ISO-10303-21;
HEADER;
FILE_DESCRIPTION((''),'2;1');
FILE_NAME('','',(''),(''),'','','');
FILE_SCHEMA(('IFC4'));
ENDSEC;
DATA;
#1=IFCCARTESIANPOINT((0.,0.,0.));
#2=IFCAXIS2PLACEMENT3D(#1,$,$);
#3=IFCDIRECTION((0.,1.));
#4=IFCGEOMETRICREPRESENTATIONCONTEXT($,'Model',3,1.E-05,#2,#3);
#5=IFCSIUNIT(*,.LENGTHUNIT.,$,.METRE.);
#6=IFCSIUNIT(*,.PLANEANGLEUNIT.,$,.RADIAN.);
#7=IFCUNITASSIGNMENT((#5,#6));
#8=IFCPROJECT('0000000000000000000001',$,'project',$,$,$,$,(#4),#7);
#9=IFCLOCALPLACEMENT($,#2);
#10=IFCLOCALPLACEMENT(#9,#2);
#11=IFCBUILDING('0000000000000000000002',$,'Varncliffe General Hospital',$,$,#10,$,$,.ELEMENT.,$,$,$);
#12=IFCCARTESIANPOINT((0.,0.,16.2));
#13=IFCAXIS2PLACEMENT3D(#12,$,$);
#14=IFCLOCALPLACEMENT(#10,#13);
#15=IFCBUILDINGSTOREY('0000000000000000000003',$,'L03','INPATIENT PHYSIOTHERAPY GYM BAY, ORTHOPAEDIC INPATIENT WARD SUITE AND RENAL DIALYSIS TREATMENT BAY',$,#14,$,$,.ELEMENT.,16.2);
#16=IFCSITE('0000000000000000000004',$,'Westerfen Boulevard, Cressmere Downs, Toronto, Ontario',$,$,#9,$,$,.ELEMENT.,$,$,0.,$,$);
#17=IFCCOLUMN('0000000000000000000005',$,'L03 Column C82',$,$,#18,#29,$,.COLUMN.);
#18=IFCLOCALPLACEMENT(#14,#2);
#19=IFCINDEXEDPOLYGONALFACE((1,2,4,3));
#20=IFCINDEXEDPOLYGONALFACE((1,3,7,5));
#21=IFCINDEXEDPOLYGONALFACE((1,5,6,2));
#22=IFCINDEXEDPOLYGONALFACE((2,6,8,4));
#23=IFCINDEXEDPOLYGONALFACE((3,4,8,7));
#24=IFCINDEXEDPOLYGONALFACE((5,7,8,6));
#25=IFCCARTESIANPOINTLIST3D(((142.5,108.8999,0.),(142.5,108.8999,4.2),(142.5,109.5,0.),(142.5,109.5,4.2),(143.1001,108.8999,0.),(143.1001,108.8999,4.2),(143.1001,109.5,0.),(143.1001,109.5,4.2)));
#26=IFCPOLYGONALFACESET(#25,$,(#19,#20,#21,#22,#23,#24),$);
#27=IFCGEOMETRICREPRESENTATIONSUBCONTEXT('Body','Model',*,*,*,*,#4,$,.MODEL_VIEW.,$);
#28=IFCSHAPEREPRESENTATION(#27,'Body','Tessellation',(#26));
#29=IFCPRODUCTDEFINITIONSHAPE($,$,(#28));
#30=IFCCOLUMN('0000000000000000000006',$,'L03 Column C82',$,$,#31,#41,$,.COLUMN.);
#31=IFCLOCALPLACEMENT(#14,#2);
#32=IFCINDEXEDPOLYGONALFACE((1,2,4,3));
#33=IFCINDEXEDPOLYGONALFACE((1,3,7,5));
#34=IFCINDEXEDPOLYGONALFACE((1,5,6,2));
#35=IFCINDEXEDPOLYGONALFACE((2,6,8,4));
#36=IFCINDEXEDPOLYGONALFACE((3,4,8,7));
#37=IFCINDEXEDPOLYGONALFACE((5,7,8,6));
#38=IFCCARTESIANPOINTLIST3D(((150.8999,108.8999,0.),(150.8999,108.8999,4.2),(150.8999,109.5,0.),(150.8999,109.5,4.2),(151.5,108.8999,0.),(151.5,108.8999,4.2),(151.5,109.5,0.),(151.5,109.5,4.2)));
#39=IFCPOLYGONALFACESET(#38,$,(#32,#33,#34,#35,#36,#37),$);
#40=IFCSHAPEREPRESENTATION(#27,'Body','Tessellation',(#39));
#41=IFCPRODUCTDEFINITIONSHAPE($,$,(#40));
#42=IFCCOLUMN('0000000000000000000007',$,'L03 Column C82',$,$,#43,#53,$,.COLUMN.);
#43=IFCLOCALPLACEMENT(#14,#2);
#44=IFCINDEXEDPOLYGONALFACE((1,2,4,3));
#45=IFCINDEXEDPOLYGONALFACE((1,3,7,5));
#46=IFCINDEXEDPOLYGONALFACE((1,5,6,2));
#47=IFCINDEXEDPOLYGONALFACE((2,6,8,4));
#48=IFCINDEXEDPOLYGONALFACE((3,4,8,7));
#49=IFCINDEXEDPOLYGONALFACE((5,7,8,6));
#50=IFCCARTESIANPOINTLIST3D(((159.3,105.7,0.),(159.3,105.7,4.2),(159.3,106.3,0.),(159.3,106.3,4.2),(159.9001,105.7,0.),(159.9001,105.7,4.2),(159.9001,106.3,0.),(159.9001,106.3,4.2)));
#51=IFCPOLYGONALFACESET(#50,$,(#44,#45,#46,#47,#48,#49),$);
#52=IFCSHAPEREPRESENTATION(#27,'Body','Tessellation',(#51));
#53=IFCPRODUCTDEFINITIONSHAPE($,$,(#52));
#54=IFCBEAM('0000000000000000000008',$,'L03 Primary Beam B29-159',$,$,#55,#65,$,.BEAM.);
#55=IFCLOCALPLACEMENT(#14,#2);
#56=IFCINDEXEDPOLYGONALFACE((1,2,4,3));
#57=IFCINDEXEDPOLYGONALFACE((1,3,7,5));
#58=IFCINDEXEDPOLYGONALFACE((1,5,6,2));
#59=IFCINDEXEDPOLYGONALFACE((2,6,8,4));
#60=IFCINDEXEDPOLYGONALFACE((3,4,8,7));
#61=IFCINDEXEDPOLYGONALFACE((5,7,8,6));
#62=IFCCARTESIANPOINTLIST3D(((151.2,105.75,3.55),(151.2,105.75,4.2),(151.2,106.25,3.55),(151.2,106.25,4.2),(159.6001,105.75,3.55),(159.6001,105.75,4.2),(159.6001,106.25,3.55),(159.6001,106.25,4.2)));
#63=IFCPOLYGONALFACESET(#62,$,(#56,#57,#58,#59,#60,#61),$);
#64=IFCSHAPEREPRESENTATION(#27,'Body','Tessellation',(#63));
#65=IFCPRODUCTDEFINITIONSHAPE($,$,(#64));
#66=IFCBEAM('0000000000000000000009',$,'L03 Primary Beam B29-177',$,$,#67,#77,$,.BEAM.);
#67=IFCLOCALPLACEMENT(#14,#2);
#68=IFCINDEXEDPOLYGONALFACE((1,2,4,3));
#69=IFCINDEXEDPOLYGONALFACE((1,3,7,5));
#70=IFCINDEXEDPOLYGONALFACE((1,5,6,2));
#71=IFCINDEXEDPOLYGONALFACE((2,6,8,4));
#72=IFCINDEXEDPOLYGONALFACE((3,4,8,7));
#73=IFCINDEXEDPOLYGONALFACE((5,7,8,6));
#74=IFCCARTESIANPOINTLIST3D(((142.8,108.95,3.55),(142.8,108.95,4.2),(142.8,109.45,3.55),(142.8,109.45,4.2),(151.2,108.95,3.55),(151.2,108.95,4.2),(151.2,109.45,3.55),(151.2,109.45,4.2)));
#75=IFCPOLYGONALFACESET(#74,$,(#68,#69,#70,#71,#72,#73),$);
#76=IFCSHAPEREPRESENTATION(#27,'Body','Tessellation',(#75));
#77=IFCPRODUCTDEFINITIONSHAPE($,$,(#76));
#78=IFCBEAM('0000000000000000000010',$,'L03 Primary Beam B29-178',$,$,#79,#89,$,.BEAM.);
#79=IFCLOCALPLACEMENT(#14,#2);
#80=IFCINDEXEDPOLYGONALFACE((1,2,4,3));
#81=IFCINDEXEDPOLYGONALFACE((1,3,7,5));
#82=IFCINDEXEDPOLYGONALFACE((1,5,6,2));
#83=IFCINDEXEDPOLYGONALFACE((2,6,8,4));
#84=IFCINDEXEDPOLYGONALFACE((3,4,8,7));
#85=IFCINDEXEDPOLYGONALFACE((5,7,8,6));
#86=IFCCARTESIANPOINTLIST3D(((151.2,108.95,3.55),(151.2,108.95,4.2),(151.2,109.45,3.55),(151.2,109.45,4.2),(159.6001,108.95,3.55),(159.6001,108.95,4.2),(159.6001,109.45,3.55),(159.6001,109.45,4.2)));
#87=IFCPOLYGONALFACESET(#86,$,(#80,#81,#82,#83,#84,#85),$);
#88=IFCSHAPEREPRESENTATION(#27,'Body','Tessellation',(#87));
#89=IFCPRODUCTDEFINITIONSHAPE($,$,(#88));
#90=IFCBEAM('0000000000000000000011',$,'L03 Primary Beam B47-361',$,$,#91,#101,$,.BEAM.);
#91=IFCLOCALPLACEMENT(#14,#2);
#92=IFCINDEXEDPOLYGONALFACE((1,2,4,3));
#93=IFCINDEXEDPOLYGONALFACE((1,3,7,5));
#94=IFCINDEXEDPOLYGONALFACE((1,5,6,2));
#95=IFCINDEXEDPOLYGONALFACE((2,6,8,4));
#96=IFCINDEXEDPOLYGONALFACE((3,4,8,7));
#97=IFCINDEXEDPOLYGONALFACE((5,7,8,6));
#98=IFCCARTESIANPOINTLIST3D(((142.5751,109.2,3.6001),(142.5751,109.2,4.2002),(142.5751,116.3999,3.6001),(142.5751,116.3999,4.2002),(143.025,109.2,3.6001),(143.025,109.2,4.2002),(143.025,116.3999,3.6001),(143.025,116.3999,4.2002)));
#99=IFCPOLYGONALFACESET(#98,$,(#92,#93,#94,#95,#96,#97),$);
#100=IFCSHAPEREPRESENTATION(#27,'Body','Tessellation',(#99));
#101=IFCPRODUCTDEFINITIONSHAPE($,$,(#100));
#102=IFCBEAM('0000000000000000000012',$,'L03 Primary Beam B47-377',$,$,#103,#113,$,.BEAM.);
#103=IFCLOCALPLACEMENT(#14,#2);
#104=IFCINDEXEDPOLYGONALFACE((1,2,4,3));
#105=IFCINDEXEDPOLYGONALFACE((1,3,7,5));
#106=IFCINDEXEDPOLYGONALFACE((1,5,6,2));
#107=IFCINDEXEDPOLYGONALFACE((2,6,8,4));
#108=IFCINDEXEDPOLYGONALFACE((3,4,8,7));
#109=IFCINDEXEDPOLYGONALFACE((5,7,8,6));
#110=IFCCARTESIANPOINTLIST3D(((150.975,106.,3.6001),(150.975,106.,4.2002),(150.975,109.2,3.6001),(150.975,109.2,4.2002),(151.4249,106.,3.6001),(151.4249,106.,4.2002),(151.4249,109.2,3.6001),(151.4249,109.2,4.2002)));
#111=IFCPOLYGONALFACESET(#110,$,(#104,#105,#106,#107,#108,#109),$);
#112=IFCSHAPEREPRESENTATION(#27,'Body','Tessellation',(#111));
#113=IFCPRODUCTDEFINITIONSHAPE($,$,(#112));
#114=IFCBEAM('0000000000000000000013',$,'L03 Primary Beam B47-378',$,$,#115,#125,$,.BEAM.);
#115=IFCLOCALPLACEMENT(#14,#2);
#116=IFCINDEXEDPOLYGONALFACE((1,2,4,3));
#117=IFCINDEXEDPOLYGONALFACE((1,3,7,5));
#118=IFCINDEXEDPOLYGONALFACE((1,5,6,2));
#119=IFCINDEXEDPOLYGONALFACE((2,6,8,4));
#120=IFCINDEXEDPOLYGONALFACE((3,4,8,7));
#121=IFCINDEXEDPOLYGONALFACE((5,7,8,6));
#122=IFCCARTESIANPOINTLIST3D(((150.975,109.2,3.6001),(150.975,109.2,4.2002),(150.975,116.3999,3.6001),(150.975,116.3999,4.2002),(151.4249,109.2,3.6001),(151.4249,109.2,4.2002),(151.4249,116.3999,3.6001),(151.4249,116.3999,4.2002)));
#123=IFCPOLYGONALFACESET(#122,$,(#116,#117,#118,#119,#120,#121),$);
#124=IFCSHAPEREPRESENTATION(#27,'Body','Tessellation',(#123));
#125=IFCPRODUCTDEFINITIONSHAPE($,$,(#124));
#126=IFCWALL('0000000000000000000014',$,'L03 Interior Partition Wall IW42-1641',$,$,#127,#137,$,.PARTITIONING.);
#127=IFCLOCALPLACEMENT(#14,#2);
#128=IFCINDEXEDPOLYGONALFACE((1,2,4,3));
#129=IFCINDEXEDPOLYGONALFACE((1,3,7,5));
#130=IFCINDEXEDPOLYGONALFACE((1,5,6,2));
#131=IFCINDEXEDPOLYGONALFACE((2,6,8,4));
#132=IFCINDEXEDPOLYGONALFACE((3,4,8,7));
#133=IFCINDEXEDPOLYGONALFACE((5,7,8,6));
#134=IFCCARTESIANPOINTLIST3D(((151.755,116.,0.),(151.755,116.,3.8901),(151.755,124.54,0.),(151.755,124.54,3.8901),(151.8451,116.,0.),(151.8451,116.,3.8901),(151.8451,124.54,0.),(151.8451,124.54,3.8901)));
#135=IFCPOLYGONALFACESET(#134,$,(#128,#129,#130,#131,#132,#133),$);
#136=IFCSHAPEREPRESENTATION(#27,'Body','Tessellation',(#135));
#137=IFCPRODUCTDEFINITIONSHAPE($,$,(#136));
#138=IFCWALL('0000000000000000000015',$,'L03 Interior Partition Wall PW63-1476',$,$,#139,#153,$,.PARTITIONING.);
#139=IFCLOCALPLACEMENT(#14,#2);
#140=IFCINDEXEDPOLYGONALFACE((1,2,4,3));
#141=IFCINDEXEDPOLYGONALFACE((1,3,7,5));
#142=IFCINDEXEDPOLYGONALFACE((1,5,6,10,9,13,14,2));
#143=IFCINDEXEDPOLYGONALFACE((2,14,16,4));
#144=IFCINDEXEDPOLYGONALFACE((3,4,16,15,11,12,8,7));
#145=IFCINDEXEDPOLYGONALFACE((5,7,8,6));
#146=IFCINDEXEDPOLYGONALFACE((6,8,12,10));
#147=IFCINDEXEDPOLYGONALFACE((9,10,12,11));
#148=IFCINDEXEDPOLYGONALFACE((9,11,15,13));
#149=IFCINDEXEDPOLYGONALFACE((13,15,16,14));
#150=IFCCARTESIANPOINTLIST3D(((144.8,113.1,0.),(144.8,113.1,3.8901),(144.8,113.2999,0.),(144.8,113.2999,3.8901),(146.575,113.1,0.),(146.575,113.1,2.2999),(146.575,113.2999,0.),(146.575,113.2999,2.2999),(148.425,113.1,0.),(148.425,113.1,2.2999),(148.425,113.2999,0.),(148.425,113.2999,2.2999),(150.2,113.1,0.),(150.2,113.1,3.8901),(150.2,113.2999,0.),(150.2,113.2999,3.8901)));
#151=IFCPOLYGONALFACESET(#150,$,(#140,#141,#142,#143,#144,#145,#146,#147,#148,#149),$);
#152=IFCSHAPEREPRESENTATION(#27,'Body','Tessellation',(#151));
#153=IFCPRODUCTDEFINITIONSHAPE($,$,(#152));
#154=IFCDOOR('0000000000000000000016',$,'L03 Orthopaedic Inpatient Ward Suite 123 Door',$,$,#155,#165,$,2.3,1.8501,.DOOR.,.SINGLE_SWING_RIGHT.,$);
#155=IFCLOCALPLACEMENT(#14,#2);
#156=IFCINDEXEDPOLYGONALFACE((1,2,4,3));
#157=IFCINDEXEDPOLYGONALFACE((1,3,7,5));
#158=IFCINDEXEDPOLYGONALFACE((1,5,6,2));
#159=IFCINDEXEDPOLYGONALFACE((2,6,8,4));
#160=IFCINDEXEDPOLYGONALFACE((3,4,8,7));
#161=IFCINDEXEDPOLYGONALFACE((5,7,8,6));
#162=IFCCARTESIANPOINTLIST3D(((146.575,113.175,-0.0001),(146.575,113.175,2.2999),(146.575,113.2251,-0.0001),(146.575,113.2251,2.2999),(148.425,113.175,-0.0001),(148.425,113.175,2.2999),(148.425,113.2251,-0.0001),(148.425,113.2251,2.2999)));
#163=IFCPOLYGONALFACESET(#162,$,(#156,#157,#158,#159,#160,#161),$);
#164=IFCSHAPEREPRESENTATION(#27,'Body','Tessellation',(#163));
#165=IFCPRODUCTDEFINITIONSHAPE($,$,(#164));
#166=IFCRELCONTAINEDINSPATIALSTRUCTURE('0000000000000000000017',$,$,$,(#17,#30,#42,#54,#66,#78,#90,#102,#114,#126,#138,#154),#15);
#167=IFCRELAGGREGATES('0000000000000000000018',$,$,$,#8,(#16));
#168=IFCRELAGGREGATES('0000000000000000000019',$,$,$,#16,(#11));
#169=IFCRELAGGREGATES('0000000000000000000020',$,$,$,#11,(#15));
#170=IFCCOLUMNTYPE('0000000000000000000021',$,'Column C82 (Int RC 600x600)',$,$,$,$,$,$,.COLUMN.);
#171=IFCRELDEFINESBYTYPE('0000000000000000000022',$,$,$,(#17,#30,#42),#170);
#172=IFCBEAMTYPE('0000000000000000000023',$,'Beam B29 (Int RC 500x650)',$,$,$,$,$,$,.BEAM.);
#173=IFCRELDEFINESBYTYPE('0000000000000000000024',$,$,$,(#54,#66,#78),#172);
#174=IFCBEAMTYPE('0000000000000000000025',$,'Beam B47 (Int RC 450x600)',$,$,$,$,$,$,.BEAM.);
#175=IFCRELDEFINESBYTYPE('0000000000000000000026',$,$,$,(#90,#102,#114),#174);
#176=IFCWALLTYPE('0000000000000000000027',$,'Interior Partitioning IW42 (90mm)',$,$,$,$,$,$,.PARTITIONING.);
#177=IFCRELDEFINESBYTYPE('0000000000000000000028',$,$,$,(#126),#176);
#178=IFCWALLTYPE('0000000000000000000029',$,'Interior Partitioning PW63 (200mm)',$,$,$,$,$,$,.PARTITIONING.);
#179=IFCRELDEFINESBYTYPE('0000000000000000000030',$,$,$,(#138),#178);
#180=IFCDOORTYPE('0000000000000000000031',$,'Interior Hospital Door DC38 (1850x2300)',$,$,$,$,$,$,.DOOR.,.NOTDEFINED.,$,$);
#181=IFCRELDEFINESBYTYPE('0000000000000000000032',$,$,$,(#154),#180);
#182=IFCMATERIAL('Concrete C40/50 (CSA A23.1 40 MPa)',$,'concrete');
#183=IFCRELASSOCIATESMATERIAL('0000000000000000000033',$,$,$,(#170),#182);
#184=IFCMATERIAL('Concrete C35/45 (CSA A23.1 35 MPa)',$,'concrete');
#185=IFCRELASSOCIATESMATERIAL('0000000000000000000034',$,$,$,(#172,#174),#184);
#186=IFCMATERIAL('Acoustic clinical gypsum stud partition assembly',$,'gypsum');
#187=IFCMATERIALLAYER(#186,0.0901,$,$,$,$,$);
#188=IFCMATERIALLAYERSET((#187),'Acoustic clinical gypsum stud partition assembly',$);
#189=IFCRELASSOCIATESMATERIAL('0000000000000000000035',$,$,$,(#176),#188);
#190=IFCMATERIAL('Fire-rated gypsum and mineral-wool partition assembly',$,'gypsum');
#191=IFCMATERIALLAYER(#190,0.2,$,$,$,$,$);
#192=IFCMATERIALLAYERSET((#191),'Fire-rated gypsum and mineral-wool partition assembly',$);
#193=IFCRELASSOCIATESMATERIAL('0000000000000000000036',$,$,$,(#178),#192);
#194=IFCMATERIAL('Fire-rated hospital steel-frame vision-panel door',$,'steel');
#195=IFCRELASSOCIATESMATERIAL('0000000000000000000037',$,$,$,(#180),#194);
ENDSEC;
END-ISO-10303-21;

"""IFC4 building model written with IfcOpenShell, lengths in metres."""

from ifc_helpers import new_model, si_unit, direction, frame, frame_2d, origin, origin_2d, place, context, subcontext, project, spatial, rectangle, extrude, material, layer, layer_set, material_profile, profile_set, type_object, element, fill, save


model = new_model("IFC4")

# Units and contexts
model_context = context("Model", 3, precision=1e-05, world=origin(), true_north=direction((0.0, 1.0)))
body_context = subcontext(model_context, "Body", "Model", "MODEL_VIEW")
ifc_project = project(units=[si_unit("LENGTHUNIT", "METRE"), si_unit("PLANEANGLEUNIT", "RADIAN")], contexts=[model_context])

# Site, building, storey
site_placement = place(None, origin())
site = spatial("IfcSite", under=ifc_project, at=site_placement, Name="Westerfen Boulevard, Cressmere Downs, Toronto, Ontario", CompositionType="ELEMENT", RefElevation=0.0)
building_placement = place(site_placement, origin())
building = spatial("IfcBuilding", under=site, at=building_placement, Name="Varncliffe General Hospital", CompositionType="ELEMENT")
storey_placement = place(building_placement, frame((0.0, 0.0, 16.2)))
storey = spatial("IfcBuildingStorey", under=building, at=storey_placement, Name="L03", Description="INPATIENT PHYSIOTHERAPY GYM BAY, ORTHOPAEDIC INPATIENT WARD SUITE AND RENAL DIALYSIS TREATMENT BAY", CompositionType="ELEMENT", Elevation=16.2)

# Columns
ifc_material_1 = material(Name="Concrete C40/50 (CSA A23.1 40 MPa)", Category="concrete")
ifc_material_profile_1 = material_profile(ifc_material_1, rectangle(XDim=0.6001, YDim=0.6001, at=origin_2d()), Name="RC 600x600")
ifc_profile_set_1 = profile_set([ifc_material_profile_1], Name="Concrete C40/50 (CSA A23.1 40 MPa)")
column_type = type_object("IfcColumnType", Name="Column C82 (Int RC 600x600)", PredefinedType="COLUMN", material=ifc_profile_set_1)
for number, where, z_axis, x_axis, name in (
    (1, (142.8, 109.2, 0.0), (0.0, 0.0, 1.0), (1.0, 0.0, 0.0), "L03 Column C82"),
    (2, (151.2, 109.2, 0.0), (0.0, 0.0, 1.0), (1.0, 0.0, 0.0), "L03 Column C82"),
    (3, (159.6001, 106.0, 0.0), (0.0, 0.0, 1.0), (1.0, 0.0, 0.0), "L03 Column C82"),
):
    element("IfcColumn", number, at=place(storey_placement, frame(where, z_axis=z_axis, x_axis=x_axis)), inside=storey, type_object=column_type, Name=name, PredefinedType="COLUMN", context=body_context, shape_type="SweptSolid", body=[
        extrude(rectangle(XDim=0.6001, YDim=0.6001, at=origin_2d()), origin(), (0.0, 0.0, 1.0), 4.2),
    ])

# Beams
ifc_material_2 = material(Name="Concrete C35/45 (CSA A23.1 35 MPa)", Category="concrete")
ifc_material_profile_2 = material_profile(ifc_material_2, rectangle(XDim=0.5, YDim=0.6499, at=origin_2d()), Name="RC 500x650")
ifc_profile_set_2 = profile_set([ifc_material_profile_2], Name="Concrete C35/45 (CSA A23.1 35 MPa)")
beam_type_1 = type_object("IfcBeamType", Name="Beam B29 (Int RC 500x650)", PredefinedType="BEAM", material=ifc_profile_set_2)
beam_1_placement = place(storey_placement, frame((151.2, 106.0, 3.875), z_axis=(1.0, 0.0, 0.0), x_axis=(0.0, 1.0, 0.0)))
element("IfcBeam", 4, at=beam_1_placement, inside=storey, type_object=beam_type_1, Name="L03 Primary Beam B29-159", PredefinedType="BEAM", context=body_context, shape_type="SweptSolid", body=[
    extrude(rectangle(XDim=0.5, YDim=0.6499, at=origin_2d()), origin(), (0.0, 0.0, 1.0), 8.4001),
])
beam_2_placement = place(storey_placement, frame((142.8, 109.2, 3.875), z_axis=(1.0, 0.0, 0.0), x_axis=(0.0, 1.0, 0.0)))
element("IfcBeam", 5, at=beam_2_placement, inside=storey, type_object=beam_type_1, Name="L03 Primary Beam B29-177", PredefinedType="BEAM", context=body_context, shape_type="SweptSolid", body=[
    extrude(rectangle(XDim=0.5, YDim=0.6499, at=origin_2d()), origin(), (0.0, 0.0, 1.0), 8.3999),
])
beam_3_placement = place(storey_placement, frame((151.2, 109.2, 3.875), z_axis=(1.0, 0.0, 0.0), x_axis=(0.0, 1.0, 0.0)))
element("IfcBeam", 6, at=beam_3_placement, inside=storey, type_object=beam_type_1, Name="L03 Primary Beam B29-178", PredefinedType="BEAM", context=body_context, shape_type="SweptSolid", body=[
    extrude(rectangle(XDim=0.5, YDim=0.6499, at=origin_2d()), origin(), (0.0, 0.0, 1.0), 8.4001),
])
ifc_material_profile_3 = material_profile(ifc_material_2, rectangle(XDim=0.45, YDim=0.6001, at=origin_2d()), Name="RC 450x600")
ifc_profile_set_3 = profile_set([ifc_material_profile_3], Name="Concrete C35/45 (CSA A23.1 35 MPa)")
beam_type_2 = type_object("IfcBeamType", Name="Beam B47 (Int RC 450x600)", PredefinedType="BEAM", material=ifc_profile_set_3)
beam_4_placement = place(storey_placement, frame((142.8, 109.2, 3.9001), z_axis=(0.0, 1.0, 0.0), x_axis=(-1.0, 0.0, 0.0)))
element("IfcBeam", 7, at=beam_4_placement, inside=storey, type_object=beam_type_2, Name="L03 Primary Beam B47-361", PredefinedType="BEAM", context=body_context, shape_type="SweptSolid", body=[
    extrude(rectangle(XDim=0.45, YDim=0.6001, at=origin_2d()), origin(), (0.0, 0.0, 1.0), 7.2),
])
beam_5_placement = place(storey_placement, frame((151.2, 106.0, 3.9001), z_axis=(0.0, 1.0, 0.0), x_axis=(-1.0, 0.0, 0.0)))
element("IfcBeam", 8, at=beam_5_placement, inside=storey, type_object=beam_type_2, Name="L03 Primary Beam B47-377", PredefinedType="BEAM", context=body_context, shape_type="SweptSolid", body=[
    extrude(rectangle(XDim=0.45, YDim=0.6001, at=origin_2d()), origin(), (0.0, 0.0, 1.0), 3.2),
])
beam_6_placement = place(storey_placement, frame((151.2, 109.2, 3.9001), z_axis=(0.0, 1.0, 0.0), x_axis=(-1.0, 0.0, 0.0)))
element("IfcBeam", 9, at=beam_6_placement, inside=storey, type_object=beam_type_2, Name="L03 Primary Beam B47-378", PredefinedType="BEAM", context=body_context, shape_type="SweptSolid", body=[
    extrude(rectangle(XDim=0.45, YDim=0.6001, at=origin_2d()), origin(), (0.0, 0.0, 1.0), 7.2),
])

# Wall
ifc_material_3 = material(Name="Acoustic clinical gypsum stud partition assembly", Category="gypsum")
ifc_layer_1 = layer(ifc_material_3, 0.0901)
ifc_layer_set_1 = layer_set([ifc_layer_1], Name="Acoustic clinical gypsum stud partition assembly")
wall_type_1 = type_object("IfcWallType", Name="Interior Partitioning IW42 (90mm)", PredefinedType="PARTITIONING", material=ifc_layer_set_1)
wall_1_placement = place(storey_placement, frame((151.8, 116.0, 0.0), z_axis=(0.0, 0.0, 1.0), x_axis=(0.0, 1.0, 0.0)))
element("IfcWall", 10, at=wall_1_placement, inside=storey, type_object=wall_type_1, Name="L03 Interior Partition Wall IW42-1641", PredefinedType="PARTITIONING", context=body_context, shape_type="SweptSolid", body=[
    extrude(rectangle(XDim=8.54, YDim=0.0901, at=frame_2d((4.27, 0.0))), origin(), (0.0, 0.0, 1.0), 3.8901),
])

# Wall, opening, door
ifc_material_4 = material(Name="Fire-rated gypsum and mineral-wool partition assembly", Category="gypsum")
ifc_layer_2 = layer(ifc_material_4, 0.2)
ifc_layer_set_2 = layer_set([ifc_layer_2], Name="Fire-rated gypsum and mineral-wool partition assembly")
wall_type_2 = type_object("IfcWallType", Name="Interior Partitioning PW63 (200mm)", PredefinedType="PARTITIONING", material=ifc_layer_set_2)
wall_2_placement = place(storey_placement, frame((144.8, 113.2, 0.0), z_axis=(0.0, 0.0, 1.0), x_axis=(1.0, 0.0, 0.0)))
wall_2 = element("IfcWall", 11, at=wall_2_placement, inside=storey, type_object=wall_type_2, Name="L03 Interior Partition Wall PW63-1476", PredefinedType="PARTITIONING", context=body_context, shape_type="SweptSolid", body=[
    extrude(rectangle(XDim=5.3999, YDim=0.2, at=frame_2d((2.7, 0.0))), origin(), (0.0, 0.0, 1.0), 3.8901),
])
opening_1_placement = place(wall_2_placement, frame((1.7749, 0.0, 0.0)))
opening_1 = element("IfcOpeningElement", 12, at=opening_1_placement, cuts=wall_2, PredefinedType="OPENING", context=body_context, shape_type="SweptSolid", body=[
    extrude(rectangle(XDim=1.8501, YDim=2.3, at=frame_2d((0.925, 1.1499))), frame((0.0, 0.1099, 0.0), z_axis=(0.0, -1.0, 0.0), x_axis=(1.0, 0.0, 0.0)), (0.0, 0.0, 1.0), 0.22),
])
ifc_material_5 = material(Name="Fire-rated hospital steel-frame vision-panel door", Category="steel")
door_type_1 = type_object("IfcDoorType", Name="Interior Hospital Door DC38 (1850x2300)", OperationType="NOTDEFINED", PredefinedType="DOOR", material=ifc_material_5)
door_1_placement = place(opening_1_placement, frame((1.8501, 0.0, 0.0), z_axis=(0.0, 0.0, 1.0), x_axis=(-1.0, 0.0, 0.0)))
door_1 = element("IfcDoor", 13, at=door_1_placement, inside=storey, type_object=door_type_1, Name="L03 Orthopaedic Inpatient Ward Suite 123 Door", OperationType="SINGLE_SWING_RIGHT", OverallHeight=2.3, OverallWidth=1.8501, PredefinedType="DOOR", context=body_context, shape_type="SweptSolid", body=[
    extrude(rectangle(XDim=1.8501, YDim=2.3, at=frame_2d((0.925, 1.1499))), frame((0.0, 0.0249, 0.0), z_axis=(0.0, -1.0, 0.0), x_axis=(1.0, 0.0, 0.0)), (0.0, 0.0, 1.0), 0.05),
])
fill(opening_1, door_1)

save(model, "model.ifc")
